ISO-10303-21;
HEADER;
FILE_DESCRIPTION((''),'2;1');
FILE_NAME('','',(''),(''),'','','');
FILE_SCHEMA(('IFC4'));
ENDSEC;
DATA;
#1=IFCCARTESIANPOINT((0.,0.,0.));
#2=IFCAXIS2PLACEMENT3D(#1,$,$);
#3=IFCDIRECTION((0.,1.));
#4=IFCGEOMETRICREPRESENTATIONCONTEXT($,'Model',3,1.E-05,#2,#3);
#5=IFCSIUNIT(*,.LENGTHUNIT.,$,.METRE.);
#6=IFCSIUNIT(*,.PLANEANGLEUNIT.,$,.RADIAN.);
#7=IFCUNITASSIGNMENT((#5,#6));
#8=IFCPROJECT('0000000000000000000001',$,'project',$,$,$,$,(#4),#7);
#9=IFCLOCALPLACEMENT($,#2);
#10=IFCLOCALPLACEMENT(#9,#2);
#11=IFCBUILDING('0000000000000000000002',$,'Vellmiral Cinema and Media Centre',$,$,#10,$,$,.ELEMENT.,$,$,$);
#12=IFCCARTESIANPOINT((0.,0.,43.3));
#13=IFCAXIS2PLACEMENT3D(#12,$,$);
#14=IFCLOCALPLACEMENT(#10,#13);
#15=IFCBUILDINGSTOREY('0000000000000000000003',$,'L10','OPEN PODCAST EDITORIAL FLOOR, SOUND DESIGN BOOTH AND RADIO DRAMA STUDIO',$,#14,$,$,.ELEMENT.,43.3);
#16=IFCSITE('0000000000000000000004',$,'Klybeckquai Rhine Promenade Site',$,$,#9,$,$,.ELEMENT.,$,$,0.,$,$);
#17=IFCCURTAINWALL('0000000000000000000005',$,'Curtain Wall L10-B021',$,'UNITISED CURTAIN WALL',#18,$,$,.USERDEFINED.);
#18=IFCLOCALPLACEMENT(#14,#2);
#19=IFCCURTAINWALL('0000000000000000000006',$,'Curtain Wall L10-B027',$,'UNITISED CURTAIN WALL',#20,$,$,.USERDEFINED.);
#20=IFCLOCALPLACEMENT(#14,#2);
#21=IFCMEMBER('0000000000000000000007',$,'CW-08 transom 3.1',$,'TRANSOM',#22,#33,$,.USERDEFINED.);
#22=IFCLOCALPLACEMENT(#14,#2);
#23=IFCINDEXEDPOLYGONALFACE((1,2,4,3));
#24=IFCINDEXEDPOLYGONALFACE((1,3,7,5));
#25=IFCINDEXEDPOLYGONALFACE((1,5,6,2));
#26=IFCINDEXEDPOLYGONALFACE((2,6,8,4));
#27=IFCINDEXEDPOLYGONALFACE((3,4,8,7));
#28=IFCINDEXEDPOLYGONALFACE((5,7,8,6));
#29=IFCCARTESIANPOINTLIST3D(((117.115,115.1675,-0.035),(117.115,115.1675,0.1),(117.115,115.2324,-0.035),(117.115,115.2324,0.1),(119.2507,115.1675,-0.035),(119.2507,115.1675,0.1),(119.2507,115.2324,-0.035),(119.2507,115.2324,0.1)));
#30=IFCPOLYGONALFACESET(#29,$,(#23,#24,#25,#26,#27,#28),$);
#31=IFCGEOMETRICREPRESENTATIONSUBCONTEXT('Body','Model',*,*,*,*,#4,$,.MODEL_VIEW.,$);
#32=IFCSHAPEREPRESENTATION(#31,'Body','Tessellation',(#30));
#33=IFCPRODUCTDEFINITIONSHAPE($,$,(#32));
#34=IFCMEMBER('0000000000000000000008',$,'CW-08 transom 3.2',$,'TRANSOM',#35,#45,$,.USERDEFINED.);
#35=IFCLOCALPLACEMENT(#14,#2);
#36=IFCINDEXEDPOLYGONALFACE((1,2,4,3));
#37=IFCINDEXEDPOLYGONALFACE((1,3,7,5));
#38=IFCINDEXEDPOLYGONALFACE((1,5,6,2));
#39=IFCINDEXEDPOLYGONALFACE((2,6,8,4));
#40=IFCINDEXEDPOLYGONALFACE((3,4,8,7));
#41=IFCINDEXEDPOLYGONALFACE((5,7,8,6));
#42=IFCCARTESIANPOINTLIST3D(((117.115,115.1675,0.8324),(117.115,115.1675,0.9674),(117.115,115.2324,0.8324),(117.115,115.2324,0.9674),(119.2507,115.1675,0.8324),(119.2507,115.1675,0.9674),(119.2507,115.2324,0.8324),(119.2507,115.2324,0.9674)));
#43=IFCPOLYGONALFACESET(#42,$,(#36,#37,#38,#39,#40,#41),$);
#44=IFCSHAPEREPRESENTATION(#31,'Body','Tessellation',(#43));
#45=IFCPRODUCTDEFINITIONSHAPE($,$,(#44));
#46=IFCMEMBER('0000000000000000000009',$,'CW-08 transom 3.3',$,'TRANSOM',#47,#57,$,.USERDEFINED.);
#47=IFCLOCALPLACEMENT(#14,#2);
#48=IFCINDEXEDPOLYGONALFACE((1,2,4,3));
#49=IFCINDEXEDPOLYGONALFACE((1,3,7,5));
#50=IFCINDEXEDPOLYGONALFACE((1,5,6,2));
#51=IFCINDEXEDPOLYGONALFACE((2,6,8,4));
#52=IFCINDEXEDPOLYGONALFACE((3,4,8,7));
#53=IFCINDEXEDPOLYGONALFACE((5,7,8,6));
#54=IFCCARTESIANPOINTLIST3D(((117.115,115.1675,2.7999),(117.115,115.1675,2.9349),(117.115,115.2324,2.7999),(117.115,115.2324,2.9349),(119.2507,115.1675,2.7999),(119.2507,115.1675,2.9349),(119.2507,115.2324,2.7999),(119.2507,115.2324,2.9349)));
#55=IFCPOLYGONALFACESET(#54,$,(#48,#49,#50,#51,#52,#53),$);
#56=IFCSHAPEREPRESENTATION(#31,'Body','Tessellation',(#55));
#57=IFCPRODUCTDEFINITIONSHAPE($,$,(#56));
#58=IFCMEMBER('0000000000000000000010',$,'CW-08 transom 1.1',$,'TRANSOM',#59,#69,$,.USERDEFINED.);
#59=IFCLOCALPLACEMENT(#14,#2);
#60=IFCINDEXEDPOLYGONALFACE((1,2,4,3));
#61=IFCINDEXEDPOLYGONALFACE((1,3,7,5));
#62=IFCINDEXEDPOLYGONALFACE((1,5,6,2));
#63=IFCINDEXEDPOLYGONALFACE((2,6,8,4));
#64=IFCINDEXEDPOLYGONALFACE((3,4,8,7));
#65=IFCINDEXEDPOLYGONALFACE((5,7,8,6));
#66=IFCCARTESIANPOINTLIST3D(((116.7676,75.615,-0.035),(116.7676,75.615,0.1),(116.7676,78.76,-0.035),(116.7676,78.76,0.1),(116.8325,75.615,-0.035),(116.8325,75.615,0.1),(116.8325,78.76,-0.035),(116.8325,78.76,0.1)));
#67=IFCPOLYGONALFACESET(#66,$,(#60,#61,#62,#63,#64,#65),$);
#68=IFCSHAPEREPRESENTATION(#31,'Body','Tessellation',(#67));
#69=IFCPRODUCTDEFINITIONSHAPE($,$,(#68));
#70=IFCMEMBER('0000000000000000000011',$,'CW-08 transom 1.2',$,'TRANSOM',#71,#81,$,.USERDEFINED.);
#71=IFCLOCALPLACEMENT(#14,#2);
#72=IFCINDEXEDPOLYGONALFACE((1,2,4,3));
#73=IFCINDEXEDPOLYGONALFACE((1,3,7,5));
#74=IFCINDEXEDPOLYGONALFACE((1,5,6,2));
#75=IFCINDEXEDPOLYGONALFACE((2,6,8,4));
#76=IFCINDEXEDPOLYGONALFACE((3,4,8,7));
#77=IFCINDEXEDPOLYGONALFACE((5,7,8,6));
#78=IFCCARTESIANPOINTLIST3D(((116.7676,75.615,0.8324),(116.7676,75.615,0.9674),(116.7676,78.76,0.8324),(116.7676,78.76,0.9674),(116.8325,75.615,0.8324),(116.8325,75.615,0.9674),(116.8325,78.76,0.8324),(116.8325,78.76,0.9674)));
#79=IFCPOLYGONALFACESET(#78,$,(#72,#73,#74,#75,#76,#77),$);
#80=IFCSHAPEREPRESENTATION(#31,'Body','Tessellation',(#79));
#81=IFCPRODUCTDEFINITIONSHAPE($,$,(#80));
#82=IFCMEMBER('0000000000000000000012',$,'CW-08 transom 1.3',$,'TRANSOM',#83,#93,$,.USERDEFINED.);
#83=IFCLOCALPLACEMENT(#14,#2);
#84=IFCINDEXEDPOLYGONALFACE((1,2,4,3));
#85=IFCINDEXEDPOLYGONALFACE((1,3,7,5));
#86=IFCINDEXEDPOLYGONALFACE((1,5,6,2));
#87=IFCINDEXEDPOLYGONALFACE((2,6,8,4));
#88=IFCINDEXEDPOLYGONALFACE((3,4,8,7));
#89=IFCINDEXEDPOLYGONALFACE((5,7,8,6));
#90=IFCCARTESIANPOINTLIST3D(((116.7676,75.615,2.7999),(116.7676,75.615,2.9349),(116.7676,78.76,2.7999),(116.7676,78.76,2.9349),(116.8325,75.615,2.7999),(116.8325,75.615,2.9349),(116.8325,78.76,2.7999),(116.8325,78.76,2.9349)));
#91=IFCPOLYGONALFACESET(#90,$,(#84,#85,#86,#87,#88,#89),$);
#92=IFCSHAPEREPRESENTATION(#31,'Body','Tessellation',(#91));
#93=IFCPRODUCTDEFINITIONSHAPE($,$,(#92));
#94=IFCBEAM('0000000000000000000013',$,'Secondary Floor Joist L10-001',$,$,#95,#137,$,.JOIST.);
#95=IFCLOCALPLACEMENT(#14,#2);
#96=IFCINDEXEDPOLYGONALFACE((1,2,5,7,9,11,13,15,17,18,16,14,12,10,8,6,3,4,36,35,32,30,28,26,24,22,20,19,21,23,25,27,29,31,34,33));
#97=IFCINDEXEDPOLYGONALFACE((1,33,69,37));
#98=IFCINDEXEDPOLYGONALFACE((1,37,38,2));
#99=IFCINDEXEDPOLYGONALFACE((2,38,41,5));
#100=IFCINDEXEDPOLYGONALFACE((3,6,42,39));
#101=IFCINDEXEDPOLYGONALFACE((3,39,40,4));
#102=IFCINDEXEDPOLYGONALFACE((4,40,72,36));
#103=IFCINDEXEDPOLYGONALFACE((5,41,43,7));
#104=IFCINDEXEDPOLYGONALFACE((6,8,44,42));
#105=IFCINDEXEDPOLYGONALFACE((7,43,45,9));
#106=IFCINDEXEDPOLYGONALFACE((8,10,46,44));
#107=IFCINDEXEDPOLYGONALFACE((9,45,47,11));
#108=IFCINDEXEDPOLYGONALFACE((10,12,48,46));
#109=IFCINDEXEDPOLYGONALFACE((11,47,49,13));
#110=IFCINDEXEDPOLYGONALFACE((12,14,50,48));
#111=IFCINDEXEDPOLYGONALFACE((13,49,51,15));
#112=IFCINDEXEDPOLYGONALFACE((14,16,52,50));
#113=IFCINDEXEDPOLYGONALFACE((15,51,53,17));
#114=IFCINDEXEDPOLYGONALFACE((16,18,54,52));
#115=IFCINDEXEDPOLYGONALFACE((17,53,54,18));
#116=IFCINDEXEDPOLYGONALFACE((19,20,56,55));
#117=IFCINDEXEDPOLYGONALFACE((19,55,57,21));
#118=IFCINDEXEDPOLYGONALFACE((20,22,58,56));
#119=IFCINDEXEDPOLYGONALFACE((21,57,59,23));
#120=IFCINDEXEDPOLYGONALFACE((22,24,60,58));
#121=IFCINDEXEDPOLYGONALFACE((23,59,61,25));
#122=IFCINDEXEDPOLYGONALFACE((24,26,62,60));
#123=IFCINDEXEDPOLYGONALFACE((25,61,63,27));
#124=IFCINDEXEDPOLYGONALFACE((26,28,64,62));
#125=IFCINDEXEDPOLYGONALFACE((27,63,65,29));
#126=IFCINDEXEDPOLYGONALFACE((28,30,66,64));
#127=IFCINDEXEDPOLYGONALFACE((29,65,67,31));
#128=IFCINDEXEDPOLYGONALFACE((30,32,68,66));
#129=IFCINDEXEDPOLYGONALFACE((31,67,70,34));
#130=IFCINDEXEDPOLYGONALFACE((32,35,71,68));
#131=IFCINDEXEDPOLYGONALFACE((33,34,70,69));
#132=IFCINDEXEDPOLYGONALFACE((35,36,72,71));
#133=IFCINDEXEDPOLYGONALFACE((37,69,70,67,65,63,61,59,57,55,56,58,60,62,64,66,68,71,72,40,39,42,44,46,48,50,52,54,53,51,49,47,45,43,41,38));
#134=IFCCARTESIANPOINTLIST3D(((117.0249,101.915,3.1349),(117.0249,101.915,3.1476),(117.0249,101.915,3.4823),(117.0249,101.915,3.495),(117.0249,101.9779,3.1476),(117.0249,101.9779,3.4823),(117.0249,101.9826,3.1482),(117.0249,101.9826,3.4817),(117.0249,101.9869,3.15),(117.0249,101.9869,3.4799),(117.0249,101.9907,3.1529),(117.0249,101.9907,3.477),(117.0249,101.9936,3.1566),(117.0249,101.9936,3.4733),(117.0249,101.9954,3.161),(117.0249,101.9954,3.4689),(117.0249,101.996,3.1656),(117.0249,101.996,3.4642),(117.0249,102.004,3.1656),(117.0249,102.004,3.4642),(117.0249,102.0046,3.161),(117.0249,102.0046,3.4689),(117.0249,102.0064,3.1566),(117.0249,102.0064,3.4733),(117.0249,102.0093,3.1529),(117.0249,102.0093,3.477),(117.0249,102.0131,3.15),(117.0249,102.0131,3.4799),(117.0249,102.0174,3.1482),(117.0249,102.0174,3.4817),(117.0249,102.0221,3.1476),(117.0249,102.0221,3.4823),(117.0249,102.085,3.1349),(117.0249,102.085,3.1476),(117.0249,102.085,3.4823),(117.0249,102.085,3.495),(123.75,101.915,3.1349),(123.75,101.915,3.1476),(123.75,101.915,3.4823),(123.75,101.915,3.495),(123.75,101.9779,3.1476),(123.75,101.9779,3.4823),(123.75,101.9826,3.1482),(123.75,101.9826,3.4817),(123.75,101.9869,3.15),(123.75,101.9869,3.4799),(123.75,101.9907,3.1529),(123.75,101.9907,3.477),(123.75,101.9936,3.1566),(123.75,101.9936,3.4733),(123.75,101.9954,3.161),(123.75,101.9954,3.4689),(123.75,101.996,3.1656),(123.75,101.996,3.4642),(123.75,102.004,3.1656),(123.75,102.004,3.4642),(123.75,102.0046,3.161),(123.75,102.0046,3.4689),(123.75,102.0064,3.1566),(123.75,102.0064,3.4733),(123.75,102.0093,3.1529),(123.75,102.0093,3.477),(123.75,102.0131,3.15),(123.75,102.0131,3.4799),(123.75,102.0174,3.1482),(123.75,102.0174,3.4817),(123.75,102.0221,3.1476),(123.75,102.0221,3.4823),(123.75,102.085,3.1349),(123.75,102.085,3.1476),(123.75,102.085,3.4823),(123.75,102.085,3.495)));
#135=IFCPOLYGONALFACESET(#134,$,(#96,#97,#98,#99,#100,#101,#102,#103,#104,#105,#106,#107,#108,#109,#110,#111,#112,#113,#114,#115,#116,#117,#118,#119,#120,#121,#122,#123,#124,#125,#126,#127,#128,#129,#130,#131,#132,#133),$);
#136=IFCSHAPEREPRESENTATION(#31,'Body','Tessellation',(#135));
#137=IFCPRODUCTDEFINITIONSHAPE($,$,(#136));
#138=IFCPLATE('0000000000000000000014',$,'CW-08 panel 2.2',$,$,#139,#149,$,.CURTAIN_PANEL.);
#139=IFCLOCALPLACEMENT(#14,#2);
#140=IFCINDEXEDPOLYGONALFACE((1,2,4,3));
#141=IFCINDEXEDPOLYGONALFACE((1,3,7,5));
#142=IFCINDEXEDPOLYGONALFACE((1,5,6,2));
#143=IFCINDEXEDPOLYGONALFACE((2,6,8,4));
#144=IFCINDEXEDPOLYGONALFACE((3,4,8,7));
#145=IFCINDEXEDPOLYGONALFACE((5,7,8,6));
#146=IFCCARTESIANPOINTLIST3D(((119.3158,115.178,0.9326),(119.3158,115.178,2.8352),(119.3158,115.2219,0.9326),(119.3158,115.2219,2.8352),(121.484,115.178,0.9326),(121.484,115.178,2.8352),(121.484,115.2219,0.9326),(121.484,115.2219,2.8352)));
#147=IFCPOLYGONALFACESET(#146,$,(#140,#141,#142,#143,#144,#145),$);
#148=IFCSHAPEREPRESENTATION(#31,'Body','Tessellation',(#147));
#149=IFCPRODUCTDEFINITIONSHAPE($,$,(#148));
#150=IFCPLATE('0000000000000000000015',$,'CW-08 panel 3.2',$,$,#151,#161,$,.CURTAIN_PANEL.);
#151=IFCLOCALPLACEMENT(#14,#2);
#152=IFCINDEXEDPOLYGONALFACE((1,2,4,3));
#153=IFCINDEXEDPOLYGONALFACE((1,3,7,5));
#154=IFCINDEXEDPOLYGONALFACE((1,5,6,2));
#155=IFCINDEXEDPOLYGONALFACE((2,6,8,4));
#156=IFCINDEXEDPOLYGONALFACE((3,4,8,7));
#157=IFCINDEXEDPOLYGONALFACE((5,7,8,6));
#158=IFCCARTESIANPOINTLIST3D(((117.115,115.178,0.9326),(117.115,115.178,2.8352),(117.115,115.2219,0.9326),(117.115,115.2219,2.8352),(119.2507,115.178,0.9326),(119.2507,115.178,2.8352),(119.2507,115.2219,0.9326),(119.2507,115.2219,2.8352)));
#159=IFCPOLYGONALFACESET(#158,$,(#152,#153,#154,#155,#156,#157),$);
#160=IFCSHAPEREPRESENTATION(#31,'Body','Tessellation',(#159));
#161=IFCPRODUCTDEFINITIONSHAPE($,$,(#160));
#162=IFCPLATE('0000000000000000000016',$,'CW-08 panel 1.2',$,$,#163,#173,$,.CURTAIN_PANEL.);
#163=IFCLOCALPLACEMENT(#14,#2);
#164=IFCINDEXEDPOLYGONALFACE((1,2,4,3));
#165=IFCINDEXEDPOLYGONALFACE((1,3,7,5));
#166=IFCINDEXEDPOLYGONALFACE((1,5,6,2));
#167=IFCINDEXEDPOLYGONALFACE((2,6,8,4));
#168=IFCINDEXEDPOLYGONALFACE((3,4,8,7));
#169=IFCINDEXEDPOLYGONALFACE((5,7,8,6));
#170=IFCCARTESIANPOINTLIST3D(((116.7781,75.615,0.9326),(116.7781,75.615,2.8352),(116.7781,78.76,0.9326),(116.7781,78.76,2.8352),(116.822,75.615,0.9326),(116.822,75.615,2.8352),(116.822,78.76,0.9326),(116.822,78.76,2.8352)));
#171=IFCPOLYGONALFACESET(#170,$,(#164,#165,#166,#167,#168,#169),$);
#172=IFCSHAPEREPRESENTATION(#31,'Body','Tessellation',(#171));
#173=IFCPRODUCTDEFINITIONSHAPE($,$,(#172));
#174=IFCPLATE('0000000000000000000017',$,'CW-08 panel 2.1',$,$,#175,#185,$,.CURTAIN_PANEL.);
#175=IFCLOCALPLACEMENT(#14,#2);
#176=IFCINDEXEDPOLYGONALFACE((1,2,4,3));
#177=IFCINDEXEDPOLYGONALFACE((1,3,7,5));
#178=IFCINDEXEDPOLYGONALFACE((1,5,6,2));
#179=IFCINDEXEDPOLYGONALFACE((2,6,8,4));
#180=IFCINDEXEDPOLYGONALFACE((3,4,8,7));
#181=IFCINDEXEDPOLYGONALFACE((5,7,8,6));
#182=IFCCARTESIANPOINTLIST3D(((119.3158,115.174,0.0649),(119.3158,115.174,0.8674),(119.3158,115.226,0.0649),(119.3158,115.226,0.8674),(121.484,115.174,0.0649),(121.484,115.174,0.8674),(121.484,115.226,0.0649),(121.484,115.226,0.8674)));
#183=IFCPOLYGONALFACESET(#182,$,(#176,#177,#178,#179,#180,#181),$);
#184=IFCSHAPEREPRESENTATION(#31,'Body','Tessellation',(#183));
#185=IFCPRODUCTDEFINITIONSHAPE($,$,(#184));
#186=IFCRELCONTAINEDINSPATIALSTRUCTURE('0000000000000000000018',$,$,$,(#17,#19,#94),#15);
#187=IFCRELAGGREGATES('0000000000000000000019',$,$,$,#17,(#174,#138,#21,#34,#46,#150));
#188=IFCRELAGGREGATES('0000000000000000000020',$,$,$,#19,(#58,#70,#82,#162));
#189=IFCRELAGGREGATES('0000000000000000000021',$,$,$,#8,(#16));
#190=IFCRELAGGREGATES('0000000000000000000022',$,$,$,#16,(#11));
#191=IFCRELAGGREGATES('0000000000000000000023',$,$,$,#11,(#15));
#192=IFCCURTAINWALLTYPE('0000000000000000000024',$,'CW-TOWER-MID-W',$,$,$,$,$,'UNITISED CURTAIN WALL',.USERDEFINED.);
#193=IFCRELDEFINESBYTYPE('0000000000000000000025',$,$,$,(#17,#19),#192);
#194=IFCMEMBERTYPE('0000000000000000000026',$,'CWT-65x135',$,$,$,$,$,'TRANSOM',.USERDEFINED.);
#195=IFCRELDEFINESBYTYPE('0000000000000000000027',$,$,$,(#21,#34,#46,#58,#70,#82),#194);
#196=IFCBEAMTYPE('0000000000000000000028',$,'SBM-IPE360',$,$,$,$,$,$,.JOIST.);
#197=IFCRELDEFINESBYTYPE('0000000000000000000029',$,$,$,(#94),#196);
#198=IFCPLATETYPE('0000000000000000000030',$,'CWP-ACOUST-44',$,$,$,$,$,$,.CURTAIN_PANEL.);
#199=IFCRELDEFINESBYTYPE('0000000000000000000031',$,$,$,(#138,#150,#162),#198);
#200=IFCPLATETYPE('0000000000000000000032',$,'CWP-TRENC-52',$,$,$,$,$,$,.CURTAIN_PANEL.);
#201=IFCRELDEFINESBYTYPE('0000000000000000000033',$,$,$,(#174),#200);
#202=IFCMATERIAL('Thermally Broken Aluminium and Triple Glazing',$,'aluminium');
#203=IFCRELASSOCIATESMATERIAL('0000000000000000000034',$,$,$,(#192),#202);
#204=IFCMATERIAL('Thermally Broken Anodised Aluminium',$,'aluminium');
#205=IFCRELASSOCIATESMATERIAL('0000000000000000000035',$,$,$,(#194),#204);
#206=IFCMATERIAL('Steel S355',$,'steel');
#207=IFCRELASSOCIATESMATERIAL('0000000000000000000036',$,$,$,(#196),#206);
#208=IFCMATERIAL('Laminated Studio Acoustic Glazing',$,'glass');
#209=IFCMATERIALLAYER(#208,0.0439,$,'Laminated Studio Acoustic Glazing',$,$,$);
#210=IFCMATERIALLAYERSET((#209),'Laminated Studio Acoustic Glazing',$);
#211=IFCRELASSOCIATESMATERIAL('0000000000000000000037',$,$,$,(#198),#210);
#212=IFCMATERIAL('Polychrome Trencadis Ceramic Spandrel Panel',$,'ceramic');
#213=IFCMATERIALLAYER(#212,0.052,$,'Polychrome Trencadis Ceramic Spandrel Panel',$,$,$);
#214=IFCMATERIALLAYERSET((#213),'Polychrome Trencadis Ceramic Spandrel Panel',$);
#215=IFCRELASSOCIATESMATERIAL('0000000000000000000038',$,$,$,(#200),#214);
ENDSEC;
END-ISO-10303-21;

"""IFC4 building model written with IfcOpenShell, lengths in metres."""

from ifc_helpers import new_model, si_unit, direction, frame, origin, origin_2d, place, context, subcontext, project, spatial, rectangle, i_section, extrude, material, layer, layer_set, material_profile, profile_set, type_object, element, aggregate, save


model = new_model("IFC4")

# Units and contexts
model_context = context("Model", 3, precision=1e-05, world=origin(), true_north=direction((0.0, 1.0)))
body_context = subcontext(model_context, "Body", "Model", "MODEL_VIEW")
ifc_project = project(units=[si_unit("LENGTHUNIT", "METRE"), si_unit("PLANEANGLEUNIT", "RADIAN")], contexts=[model_context])

# Site, building, storey
site_placement = place(None, origin())
site = spatial("IfcSite", under=ifc_project, at=site_placement, Name="Klybeckquai Rhine Promenade Site", CompositionType="ELEMENT", RefElevation=0.0)
building_placement = place(site_placement, origin())
building = spatial("IfcBuilding", under=site, at=building_placement, Name="Vellmiral Cinema and Media Centre", CompositionType="ELEMENT")
storey_placement = place(building_placement, frame((0.0, 0.0, 43.3)))
storey = spatial("IfcBuildingStorey", under=building, at=storey_placement, Name="L10", Description="OPEN PODCAST EDITORIAL FLOOR, SOUND DESIGN BOOTH AND RADIO DRAMA STUDIO", CompositionType="ELEMENT", Elevation=43.3)

# Curtain walls
ifc_material_1 = material(Name="Thermally Broken Aluminium and Triple Glazing", Category="aluminium")
curtain_wall_type = type_object("IfcCurtainWallType", Name="CW-TOWER-MID-W", ElementType="UNITISED CURTAIN WALL", PredefinedType="USERDEFINED", material=ifc_material_1)
curtain_wall_1_placement = place(storey_placement, origin())
curtain_wall_1 = element("IfcCurtainWall", 1, at=curtain_wall_1_placement, inside=storey, type_object=curtain_wall_type, Name="Curtain Wall L10-B021", ObjectType="UNITISED CURTAIN WALL", PredefinedType="USERDEFINED")
curtain_wall_2_placement = place(storey_placement, origin())
curtain_wall_2 = element("IfcCurtainWall", 2, at=curtain_wall_2_placement, inside=storey, type_object=curtain_wall_type, Name="Curtain Wall L10-B027", ObjectType="UNITISED CURTAIN WALL", PredefinedType="USERDEFINED")

# Members
ifc_material_2 = material(Name="Thermally Broken Anodised Aluminium", Category="aluminium")
ifc_material_profile_1 = material_profile(ifc_material_2, rectangle(XDim=0.0649, YDim=0.135, at=origin_2d()), Name="MULL 65x135")
ifc_profile_set_1 = profile_set([ifc_material_profile_1], Name="Thermally Broken Anodised Aluminium")
member_type_1 = type_object("IfcMemberType", Name="CWT-65x135", ElementType="TRANSOM", PredefinedType="USERDEFINED", material=ifc_profile_set_1)
member_1_placement = place(storey_placement, frame((119.2507, 115.2, 0.0325), z_axis=(-1.0, 0.0, 0.0), x_axis=(0.0, -1.0, 0.0)))
member_1 = element("IfcMember", 3, at=member_1_placement, type_object=member_type_1, Name="CW-08 transom 3.1", ObjectType="TRANSOM", PredefinedType="USERDEFINED", context=body_context, shape_type="SweptSolid", body=[
    extrude(rectangle(XDim=0.0649, YDim=0.135, at=origin_2d()), origin(), (0.0, 0.0, 1.0), 2.1357),
])
member_2_placement = place(storey_placement, frame((119.2507, 115.2, 0.8999), z_axis=(-1.0, 0.0, 0.0), x_axis=(0.0, -1.0, 0.0)))
member_2 = element("IfcMember", 4, at=member_2_placement, type_object=member_type_1, Name="CW-08 transom 3.2", ObjectType="TRANSOM", PredefinedType="USERDEFINED", context=body_context, shape_type="SweptSolid", body=[
    extrude(rectangle(XDim=0.0649, YDim=0.135, at=origin_2d()), origin(), (0.0, 0.0, 1.0), 2.1357),
])
member_3_placement = place(storey_placement, frame((119.2507, 115.2, 2.8674), z_axis=(-1.0, 0.0, 0.0), x_axis=(0.0, -1.0, 0.0)))
member_3 = element("IfcMember", 5, at=member_3_placement, type_object=member_type_1, Name="CW-08 transom 3.3", ObjectType="TRANSOM", PredefinedType="USERDEFINED", context=body_context, shape_type="SweptSolid", body=[
    extrude(rectangle(XDim=0.0649, YDim=0.135, at=origin_2d()), origin(), (0.0, 0.0, 1.0), 2.1357),
])
member_4_placement = place(storey_placement, frame((116.8, 78.76, 0.0325), z_axis=(0.0, -1.0, 0.0), x_axis=(1.0, 0.0, 0.0)))
member_4 = element("IfcMember", 6, at=member_4_placement, type_object=member_type_1, Name="CW-08 transom 1.1", ObjectType="TRANSOM", PredefinedType="USERDEFINED", context=body_context, shape_type="SweptSolid", body=[
    extrude(rectangle(XDim=0.0649, YDim=0.135, at=origin_2d()), origin(), (0.0, 0.0, 1.0), 3.145),
])
member_5_placement = place(storey_placement, frame((116.8, 78.76, 0.8999), z_axis=(0.0, -1.0, 0.0), x_axis=(1.0, 0.0, 0.0)))
member_5 = element("IfcMember", 7, at=member_5_placement, type_object=member_type_1, Name="CW-08 transom 1.2", ObjectType="TRANSOM", PredefinedType="USERDEFINED", context=body_context, shape_type="SweptSolid", body=[
    extrude(rectangle(XDim=0.0649, YDim=0.135, at=origin_2d()), origin(), (0.0, 0.0, 1.0), 3.145),
])
member_6_placement = place(storey_placement, frame((116.8, 78.76, 2.8674), z_axis=(0.0, -1.0, 0.0), x_axis=(1.0, 0.0, 0.0)))
member_6 = element("IfcMember", 8, at=member_6_placement, type_object=member_type_1, Name="CW-08 transom 1.3", ObjectType="TRANSOM", PredefinedType="USERDEFINED", context=body_context, shape_type="SweptSolid", body=[
    extrude(rectangle(XDim=0.0649, YDim=0.135, at=origin_2d()), origin(), (0.0, 0.0, 1.0), 3.145),
])

# Beam
ifc_material_3 = material(Name="Steel S355", Category="steel")
ifc_material_profile_2 = material_profile(ifc_material_3, i_section(OverallWidth=0.1699, OverallDepth=0.3601, WebThickness=0.0081, FlangeThickness=0.0127, FilletRadius=0.0181, at=origin_2d()), Name="IPE 360")
ifc_profile_set_2 = profile_set([ifc_material_profile_2], Name="Steel S355")
beam_type = type_object("IfcBeamType", Name="SBM-IPE360", PredefinedType="JOIST", material=ifc_profile_set_2)
beam_placement = place(storey_placement, frame((117.0249, 102.0, 3.3149), z_axis=(1.0, 0.0, 0.0), x_axis=(0.0, 1.0, 0.0)))
element("IfcBeam", 9, at=beam_placement, inside=storey, type_object=beam_type, Name="Secondary Floor Joist L10-001", PredefinedType="JOIST", context=body_context, shape_type="SweptSolid", body=[
    extrude(i_section(OverallWidth=0.1699, OverallDepth=0.3601, WebThickness=0.0081, FlangeThickness=0.0127, FilletRadius=0.0181, at=origin_2d()), origin(), (0.0, 0.0, 1.0), 6.7251),
])

# Plates
ifc_material_4 = material(Name="Laminated Studio Acoustic Glazing", Category="glass")
ifc_layer_1 = layer(ifc_material_4, 0.0439, Name="Laminated Studio Acoustic Glazing")
ifc_layer_set_1 = layer_set([ifc_layer_1], Name="Laminated Studio Acoustic Glazing")
plate_type_1 = type_object("IfcPlateType", Name="CWP-ACOUST-44", PredefinedType="CURTAIN_PANEL", material=ifc_layer_set_1)
plate_1_placement = place(storey_placement, frame((120.3999, 115.2, 0.9326), z_axis=(0.0, 0.0, 1.0), x_axis=(-1.0, 0.0, 0.0)))
plate_1 = element("IfcPlate", 10, at=plate_1_placement, type_object=plate_type_1, Name="CW-08 panel 2.2", PredefinedType="CURTAIN_PANEL", context=body_context, shape_type="SweptSolid", body=[
    extrude(rectangle(XDim=2.1682, YDim=0.0439, at=origin_2d()), origin(), (0.0, 0.0, 1.0), 1.9026),
])
plate_2_placement = place(storey_placement, frame((118.1829, 115.2, 0.9326), z_axis=(0.0, 0.0, 1.0), x_axis=(-1.0, 0.0, 0.0)))
plate_2 = element("IfcPlate", 11, at=plate_2_placement, type_object=plate_type_1, Name="CW-08 panel 3.2", PredefinedType="CURTAIN_PANEL", context=body_context, shape_type="SweptSolid", body=[
    extrude(rectangle(XDim=2.1357, YDim=0.0439, at=origin_2d()), origin(), (0.0, 0.0, 1.0), 1.9026),
])
plate_3_placement = place(storey_placement, frame((116.8, 77.1875, 0.9326), z_axis=(0.0, 0.0, 1.0), x_axis=(0.0, -1.0, 0.0)))
plate_3 = element("IfcPlate", 12, at=plate_3_placement, type_object=plate_type_1, Name="CW-08 panel 1.2", PredefinedType="CURTAIN_PANEL", context=body_context, shape_type="SweptSolid", body=[
    extrude(rectangle(XDim=3.145, YDim=0.0439, at=origin_2d()), origin(), (0.0, 0.0, 1.0), 1.9026),
])
ifc_material_5 = material(Name="Polychrome Trencadis Ceramic Spandrel Panel", Category="ceramic")
ifc_layer_2 = layer(ifc_material_5, 0.052, Name="Polychrome Trencadis Ceramic Spandrel Panel")
ifc_layer_set_2 = layer_set([ifc_layer_2], Name="Polychrome Trencadis Ceramic Spandrel Panel")
plate_type_2 = type_object("IfcPlateType", Name="CWP-TRENC-52", PredefinedType="CURTAIN_PANEL", material=ifc_layer_set_2)
plate_4_placement = place(storey_placement, frame((120.3999, 115.2, 0.0649), z_axis=(0.0, 0.0, 1.0), x_axis=(-1.0, 0.0, 0.0)))
plate_4 = element("IfcPlate", 13, at=plate_4_placement, type_object=plate_type_2, Name="CW-08 panel 2.1", PredefinedType="CURTAIN_PANEL", context=body_context, shape_type="SweptSolid", body=[
    extrude(rectangle(XDim=2.1682, YDim=0.052, at=origin_2d()), origin(), (0.0, 0.0, 1.0), 0.8025),
])
aggregate(curtain_wall_1, [plate_4, plate_1, member_1, member_2, member_3, plate_2])
aggregate(curtain_wall_2, [member_4, member_5, member_6, plate_3])

save(model, "model.ifc")
